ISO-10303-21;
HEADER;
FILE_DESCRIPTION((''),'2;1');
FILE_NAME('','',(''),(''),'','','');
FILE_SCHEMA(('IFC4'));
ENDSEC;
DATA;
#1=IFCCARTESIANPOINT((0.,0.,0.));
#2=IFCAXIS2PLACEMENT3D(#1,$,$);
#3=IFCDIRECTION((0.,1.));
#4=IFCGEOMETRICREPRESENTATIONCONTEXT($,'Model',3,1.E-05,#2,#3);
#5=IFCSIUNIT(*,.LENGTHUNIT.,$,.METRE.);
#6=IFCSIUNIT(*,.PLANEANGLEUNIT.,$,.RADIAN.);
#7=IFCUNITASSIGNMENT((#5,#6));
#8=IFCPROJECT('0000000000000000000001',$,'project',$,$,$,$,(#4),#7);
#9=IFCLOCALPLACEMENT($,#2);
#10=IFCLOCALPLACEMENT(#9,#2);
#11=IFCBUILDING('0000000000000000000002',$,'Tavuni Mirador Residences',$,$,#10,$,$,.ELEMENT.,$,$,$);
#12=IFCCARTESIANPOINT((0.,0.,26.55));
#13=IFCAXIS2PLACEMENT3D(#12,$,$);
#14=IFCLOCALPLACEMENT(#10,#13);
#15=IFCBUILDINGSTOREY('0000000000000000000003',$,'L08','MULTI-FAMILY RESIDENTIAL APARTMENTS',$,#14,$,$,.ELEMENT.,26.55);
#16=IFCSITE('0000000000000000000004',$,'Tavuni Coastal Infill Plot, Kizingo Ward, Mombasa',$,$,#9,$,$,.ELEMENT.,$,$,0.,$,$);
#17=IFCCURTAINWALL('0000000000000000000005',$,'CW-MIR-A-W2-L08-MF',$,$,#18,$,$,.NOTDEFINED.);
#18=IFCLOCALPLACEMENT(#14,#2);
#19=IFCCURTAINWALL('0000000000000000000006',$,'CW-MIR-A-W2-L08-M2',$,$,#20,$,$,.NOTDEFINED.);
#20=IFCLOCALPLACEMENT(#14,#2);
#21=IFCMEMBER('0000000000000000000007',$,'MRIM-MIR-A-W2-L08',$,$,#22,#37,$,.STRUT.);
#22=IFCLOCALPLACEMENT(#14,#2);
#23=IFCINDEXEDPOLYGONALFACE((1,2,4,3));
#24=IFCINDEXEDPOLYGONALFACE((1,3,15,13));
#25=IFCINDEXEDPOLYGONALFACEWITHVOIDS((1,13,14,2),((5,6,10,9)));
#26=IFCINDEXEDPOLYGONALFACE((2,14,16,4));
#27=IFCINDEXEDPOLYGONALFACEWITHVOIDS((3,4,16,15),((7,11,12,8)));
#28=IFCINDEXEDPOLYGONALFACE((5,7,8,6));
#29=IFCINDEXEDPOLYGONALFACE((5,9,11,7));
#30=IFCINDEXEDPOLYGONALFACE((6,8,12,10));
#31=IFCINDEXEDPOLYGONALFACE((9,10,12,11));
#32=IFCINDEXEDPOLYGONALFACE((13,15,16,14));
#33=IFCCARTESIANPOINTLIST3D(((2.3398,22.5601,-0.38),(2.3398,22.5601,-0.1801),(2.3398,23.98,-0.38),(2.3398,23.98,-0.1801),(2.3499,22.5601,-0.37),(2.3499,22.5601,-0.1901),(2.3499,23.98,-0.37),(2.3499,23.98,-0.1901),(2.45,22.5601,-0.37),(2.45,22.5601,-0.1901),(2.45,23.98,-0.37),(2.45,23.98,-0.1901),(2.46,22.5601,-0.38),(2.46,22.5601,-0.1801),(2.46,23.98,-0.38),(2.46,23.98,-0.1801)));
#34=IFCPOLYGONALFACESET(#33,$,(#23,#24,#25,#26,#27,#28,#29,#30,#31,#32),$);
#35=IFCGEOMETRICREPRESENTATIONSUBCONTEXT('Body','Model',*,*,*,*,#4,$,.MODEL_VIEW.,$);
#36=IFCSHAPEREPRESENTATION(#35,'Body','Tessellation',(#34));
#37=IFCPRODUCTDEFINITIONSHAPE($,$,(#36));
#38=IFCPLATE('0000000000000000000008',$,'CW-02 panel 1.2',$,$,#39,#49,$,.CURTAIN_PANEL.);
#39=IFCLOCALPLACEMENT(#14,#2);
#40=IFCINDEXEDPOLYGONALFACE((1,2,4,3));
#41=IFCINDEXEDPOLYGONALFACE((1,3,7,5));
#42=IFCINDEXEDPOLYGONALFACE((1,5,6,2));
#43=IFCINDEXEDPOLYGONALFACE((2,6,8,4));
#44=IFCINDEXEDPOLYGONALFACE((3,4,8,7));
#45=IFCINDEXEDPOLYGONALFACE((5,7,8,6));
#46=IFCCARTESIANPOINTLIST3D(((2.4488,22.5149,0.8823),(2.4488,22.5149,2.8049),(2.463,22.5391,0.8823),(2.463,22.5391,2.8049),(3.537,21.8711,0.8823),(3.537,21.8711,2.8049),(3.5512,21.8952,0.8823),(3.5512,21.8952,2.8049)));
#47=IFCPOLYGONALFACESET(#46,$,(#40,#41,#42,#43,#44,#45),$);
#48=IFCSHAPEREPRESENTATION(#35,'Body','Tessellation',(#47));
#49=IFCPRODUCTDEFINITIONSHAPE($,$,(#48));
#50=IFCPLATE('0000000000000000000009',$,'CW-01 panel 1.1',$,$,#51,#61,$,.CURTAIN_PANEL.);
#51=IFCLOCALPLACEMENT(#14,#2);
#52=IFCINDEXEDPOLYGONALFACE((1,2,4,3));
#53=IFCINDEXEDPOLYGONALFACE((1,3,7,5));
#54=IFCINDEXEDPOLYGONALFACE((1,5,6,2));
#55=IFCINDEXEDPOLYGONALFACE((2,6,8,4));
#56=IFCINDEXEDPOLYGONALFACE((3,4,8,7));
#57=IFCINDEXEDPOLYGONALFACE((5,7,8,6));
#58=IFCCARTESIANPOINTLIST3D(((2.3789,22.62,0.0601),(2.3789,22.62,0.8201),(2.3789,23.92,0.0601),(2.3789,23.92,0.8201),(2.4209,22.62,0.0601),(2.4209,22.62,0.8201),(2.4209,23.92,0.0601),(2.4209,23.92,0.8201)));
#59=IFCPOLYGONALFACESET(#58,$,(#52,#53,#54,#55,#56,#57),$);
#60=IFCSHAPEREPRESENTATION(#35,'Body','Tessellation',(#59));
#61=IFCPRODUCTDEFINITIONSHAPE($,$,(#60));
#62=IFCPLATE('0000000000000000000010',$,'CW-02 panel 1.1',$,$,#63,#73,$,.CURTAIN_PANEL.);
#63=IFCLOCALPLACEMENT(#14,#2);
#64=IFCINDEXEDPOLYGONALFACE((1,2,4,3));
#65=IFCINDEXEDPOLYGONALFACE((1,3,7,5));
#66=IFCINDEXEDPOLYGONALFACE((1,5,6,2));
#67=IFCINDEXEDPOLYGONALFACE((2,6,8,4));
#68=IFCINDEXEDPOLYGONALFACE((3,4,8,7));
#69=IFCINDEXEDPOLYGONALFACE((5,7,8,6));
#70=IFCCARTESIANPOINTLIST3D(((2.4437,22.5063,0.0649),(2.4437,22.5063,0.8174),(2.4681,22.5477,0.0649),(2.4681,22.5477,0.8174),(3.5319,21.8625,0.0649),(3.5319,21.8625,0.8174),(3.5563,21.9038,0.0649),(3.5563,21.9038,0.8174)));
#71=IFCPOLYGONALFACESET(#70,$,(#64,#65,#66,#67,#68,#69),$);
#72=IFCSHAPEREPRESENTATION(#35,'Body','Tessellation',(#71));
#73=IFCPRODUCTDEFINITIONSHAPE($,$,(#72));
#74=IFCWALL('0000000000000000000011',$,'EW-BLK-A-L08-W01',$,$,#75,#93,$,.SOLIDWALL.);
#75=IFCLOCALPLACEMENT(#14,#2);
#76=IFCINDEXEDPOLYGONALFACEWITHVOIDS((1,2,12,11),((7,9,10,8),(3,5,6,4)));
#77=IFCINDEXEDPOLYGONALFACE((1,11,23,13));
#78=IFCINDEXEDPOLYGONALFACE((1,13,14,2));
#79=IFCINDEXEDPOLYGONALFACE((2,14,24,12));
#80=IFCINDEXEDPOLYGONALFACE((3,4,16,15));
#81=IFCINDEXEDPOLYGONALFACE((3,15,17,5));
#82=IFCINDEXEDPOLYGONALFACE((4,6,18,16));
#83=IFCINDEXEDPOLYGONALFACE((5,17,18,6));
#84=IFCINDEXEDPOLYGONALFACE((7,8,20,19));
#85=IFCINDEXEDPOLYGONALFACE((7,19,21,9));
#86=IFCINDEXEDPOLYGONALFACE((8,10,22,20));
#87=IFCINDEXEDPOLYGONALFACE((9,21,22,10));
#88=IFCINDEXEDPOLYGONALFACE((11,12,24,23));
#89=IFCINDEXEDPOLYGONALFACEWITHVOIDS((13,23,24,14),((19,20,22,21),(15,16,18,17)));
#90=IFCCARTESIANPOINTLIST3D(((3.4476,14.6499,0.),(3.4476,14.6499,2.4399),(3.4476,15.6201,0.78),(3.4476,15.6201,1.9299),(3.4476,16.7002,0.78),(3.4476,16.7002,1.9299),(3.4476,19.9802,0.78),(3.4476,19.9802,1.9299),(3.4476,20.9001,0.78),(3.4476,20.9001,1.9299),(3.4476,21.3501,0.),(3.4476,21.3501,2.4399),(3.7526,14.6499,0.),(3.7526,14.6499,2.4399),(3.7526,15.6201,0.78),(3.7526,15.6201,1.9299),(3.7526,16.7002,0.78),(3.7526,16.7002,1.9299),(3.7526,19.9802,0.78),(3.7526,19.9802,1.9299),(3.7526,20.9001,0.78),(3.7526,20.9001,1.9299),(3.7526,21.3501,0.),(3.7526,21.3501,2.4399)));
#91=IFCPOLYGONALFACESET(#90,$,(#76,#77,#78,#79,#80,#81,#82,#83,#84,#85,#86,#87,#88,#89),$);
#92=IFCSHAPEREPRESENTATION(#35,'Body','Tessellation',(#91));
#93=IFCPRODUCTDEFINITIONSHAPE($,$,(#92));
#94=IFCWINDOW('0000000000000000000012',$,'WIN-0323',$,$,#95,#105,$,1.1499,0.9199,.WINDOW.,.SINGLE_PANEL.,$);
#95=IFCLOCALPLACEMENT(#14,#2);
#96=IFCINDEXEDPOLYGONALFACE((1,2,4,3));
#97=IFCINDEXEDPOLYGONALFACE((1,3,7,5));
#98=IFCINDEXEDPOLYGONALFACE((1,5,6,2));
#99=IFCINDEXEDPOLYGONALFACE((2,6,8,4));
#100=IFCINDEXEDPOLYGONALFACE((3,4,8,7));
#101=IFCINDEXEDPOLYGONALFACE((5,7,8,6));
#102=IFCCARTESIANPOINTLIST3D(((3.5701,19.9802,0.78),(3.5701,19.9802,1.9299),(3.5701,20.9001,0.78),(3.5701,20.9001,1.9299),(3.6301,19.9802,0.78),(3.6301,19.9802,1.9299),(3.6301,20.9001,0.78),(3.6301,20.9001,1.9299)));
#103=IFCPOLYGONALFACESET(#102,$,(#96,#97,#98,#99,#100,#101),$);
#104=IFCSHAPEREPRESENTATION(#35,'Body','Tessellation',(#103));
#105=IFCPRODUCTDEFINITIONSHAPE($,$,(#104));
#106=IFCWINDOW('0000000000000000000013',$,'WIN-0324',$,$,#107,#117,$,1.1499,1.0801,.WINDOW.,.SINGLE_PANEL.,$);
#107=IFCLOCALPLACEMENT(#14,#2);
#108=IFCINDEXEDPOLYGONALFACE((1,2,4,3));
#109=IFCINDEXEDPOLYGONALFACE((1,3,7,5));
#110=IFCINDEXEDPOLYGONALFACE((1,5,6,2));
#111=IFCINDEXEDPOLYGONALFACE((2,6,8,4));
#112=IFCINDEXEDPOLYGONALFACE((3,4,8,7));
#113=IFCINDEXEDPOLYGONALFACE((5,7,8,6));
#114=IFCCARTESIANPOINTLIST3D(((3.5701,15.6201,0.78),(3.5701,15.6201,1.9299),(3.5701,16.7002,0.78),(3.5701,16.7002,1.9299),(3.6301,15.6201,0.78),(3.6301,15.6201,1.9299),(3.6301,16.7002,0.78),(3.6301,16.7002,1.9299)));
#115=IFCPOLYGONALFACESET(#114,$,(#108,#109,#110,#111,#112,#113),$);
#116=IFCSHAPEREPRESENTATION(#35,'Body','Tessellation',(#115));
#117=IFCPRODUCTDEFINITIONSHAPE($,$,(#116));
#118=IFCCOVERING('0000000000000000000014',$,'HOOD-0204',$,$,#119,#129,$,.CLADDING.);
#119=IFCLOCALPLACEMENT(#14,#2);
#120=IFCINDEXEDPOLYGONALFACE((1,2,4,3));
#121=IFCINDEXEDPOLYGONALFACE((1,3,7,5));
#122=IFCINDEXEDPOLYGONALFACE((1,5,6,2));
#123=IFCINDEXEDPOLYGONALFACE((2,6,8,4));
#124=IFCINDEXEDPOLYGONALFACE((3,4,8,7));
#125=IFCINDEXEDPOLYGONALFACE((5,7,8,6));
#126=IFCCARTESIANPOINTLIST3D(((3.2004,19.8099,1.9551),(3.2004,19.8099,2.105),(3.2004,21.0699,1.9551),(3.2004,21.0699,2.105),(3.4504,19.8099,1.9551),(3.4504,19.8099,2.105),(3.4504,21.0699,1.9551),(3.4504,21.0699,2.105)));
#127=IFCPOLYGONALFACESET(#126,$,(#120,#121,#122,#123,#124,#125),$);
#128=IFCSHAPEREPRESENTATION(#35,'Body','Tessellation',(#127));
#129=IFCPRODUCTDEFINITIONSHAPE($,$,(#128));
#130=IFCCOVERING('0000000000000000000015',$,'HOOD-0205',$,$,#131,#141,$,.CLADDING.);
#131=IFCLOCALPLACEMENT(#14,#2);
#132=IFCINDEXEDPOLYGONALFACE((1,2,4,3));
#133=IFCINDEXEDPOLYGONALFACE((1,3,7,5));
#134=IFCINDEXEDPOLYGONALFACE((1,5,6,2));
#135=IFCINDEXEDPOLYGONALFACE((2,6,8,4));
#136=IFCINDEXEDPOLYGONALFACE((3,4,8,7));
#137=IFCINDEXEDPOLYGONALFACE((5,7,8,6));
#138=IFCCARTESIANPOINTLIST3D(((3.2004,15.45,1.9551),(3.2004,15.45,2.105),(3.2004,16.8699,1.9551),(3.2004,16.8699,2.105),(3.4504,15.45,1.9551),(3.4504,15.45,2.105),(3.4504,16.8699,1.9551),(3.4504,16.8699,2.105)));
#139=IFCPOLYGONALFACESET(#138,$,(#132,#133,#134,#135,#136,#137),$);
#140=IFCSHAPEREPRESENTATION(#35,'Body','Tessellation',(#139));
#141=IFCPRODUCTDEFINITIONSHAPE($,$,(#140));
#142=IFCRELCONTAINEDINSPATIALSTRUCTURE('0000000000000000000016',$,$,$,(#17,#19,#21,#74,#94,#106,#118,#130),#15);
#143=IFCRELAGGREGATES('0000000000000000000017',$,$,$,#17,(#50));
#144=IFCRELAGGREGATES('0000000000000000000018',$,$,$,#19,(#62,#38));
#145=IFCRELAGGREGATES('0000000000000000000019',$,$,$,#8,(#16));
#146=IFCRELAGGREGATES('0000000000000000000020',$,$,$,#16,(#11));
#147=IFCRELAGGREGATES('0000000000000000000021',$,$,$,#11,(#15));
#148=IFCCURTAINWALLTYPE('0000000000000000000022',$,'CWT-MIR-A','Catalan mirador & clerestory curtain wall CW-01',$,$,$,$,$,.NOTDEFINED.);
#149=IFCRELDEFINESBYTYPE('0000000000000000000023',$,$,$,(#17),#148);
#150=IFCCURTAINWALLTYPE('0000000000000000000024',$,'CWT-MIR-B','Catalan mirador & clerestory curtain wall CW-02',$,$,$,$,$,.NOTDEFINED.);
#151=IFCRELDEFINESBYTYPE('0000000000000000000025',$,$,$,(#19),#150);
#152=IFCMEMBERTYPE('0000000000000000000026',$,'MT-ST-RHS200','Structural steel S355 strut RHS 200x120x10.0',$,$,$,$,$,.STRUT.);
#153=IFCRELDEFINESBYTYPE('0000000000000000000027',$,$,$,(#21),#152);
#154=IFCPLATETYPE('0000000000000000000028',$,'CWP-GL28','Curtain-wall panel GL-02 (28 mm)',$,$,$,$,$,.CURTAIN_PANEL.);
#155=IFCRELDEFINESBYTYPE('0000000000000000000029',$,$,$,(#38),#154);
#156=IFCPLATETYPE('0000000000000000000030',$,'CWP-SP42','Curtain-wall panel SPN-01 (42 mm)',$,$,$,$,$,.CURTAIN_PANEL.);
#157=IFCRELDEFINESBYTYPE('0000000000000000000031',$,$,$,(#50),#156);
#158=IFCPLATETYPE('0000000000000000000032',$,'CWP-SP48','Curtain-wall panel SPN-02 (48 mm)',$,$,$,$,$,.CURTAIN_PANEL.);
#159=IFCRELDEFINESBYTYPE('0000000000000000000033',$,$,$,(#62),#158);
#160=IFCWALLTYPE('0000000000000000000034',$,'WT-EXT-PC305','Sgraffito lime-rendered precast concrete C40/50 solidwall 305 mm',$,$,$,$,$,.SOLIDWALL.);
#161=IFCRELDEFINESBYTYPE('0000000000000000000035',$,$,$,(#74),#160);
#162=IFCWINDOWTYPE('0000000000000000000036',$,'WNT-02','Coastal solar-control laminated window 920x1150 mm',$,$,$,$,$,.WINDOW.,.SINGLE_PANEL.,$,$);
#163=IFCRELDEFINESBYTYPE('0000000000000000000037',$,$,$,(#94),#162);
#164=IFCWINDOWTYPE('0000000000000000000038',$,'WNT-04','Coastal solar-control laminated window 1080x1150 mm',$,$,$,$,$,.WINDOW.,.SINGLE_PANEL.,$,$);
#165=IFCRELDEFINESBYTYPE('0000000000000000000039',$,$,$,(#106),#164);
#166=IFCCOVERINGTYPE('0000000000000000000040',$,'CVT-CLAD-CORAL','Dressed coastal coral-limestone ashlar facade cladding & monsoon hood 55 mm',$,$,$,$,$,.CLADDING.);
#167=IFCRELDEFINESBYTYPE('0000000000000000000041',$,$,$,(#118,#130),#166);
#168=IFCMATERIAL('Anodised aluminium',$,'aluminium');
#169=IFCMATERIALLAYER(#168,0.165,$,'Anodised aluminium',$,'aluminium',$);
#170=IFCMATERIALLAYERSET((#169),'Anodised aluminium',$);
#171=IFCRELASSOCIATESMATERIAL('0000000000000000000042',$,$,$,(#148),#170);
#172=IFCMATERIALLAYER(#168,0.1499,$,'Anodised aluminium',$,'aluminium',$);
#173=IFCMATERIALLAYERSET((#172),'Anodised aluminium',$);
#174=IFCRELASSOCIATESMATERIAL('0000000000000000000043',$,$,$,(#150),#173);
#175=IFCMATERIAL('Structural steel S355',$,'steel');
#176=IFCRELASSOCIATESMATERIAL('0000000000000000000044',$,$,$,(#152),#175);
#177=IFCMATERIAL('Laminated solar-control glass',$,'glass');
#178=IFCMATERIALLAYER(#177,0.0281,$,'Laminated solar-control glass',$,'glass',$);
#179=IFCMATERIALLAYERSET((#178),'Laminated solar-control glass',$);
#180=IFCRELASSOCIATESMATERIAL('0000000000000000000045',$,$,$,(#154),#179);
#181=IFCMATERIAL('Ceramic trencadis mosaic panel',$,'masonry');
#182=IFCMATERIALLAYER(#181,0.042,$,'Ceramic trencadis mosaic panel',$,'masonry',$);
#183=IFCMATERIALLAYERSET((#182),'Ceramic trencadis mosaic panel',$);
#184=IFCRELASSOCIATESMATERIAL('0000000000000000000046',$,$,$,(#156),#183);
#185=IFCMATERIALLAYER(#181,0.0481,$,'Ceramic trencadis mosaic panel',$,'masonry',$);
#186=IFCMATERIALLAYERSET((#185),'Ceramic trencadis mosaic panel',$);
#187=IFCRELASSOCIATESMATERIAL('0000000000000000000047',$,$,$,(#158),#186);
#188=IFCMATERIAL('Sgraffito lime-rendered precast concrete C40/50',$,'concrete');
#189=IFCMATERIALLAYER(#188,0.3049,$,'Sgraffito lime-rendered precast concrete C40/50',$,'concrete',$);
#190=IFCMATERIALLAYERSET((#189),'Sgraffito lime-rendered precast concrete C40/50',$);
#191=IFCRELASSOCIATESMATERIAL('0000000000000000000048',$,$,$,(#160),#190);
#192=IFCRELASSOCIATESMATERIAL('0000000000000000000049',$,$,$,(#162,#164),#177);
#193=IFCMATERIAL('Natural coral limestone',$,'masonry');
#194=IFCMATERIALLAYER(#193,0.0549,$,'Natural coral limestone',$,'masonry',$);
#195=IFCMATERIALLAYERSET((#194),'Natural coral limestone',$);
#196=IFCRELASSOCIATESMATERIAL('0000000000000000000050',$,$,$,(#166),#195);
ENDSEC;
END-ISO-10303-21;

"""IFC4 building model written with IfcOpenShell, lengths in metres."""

from ifc_helpers import new_model, si_unit, direction, frame, frame_2d, origin, origin_2d, place, context, subcontext, project, spatial, rectangle, hollow_rectangle, extrude, material, layer, layer_set, material_profile, profile_set, type_object, element, fill, aggregate, save


model = new_model("IFC4")

# Units and contexts
model_context = context("Model", 3, precision=1e-05, world=origin(), true_north=direction((0.0, 1.0)))
body_context = subcontext(model_context, "Body", "Model", "MODEL_VIEW")
ifc_project = project(units=[si_unit("LENGTHUNIT", "METRE"), si_unit("PLANEANGLEUNIT", "RADIAN")], contexts=[model_context])

# Site, building, storey
site_placement = place(None, origin())
site = spatial("IfcSite", under=ifc_project, at=site_placement, Name="Tavuni Coastal Infill Plot, Kizingo Ward, Mombasa", CompositionType="ELEMENT", RefElevation=0.0)
building_placement = place(site_placement, origin())
building = spatial("IfcBuilding", under=site, at=building_placement, Name="Tavuni Mirador Residences", CompositionType="ELEMENT")
storey_placement = place(building_placement, frame((0.0, 0.0, 26.55)))
storey = spatial("IfcBuildingStorey", under=building, at=storey_placement, Name="L08", Description="MULTI-FAMILY RESIDENTIAL APARTMENTS", CompositionType="ELEMENT", Elevation=26.55)

# Curtain wall
ifc_material_1 = material(Name="Anodised aluminium", Category="aluminium")
ifc_layer_1 = layer(ifc_material_1, 0.165, Name="Anodised aluminium", Category="aluminium")
ifc_layer_set_1 = layer_set([ifc_layer_1], Name="Anodised aluminium")
curtain_wall_type_1 = type_object("IfcCurtainWallType", Name="CWT-MIR-A", Description="Catalan mirador & clerestory curtain wall CW-01", PredefinedType="NOTDEFINED", material=ifc_layer_set_1)
curtain_wall_1_placement = place(storey_placement, origin())
curtain_wall_1 = element("IfcCurtainWall", 1, at=curtain_wall_1_placement, inside=storey, type_object=curtain_wall_type_1, Name="CW-MIR-A-W2-L08-MF", PredefinedType="NOTDEFINED")

# Curtain wall
ifc_layer_2 = layer(ifc_material_1, 0.1499, Name="Anodised aluminium", Category="aluminium")
ifc_layer_set_2 = layer_set([ifc_layer_2], Name="Anodised aluminium")
curtain_wall_type_2 = type_object("IfcCurtainWallType", Name="CWT-MIR-B", Description="Catalan mirador & clerestory curtain wall CW-02", PredefinedType="NOTDEFINED", material=ifc_layer_set_2)
curtain_wall_2_placement = place(storey_placement, origin())
curtain_wall_2 = element("IfcCurtainWall", 2, at=curtain_wall_2_placement, inside=storey, type_object=curtain_wall_type_2, Name="CW-MIR-A-W2-L08-M2", PredefinedType="NOTDEFINED")

# Member
ifc_material_2 = material(Name="Structural steel S355", Category="steel")
ifc_material_profile_1 = material_profile(ifc_material_2, hollow_rectangle(XDim=0.1201, YDim=0.2, WallThickness=0.01, at=origin_2d()), Name="RHS 200x120x10.0", Category="steel")
ifc_profile_set_1 = profile_set([ifc_material_profile_1], Name="Structural steel S355")
member_type_1 = type_object("IfcMemberType", Name="MT-ST-RHS200", Description="Structural steel S355 strut RHS 200x120x10.0", PredefinedType="STRUT", material=ifc_profile_set_1)
member_1_placement = place(storey_placement, frame((2.3999, 22.5601, -0.28), z_axis=(0.0, 1.0, 0.0), x_axis=(-1.0, 0.0, 0.0)))
element("IfcMember", 3, at=member_1_placement, inside=storey, type_object=member_type_1, Name="MRIM-MIR-A-W2-L08", PredefinedType="STRUT", context=body_context, shape_type="SweptSolid", body=[
    extrude(hollow_rectangle(XDim=0.1201, YDim=0.2, WallThickness=0.01, at=origin_2d()), origin(), (0.0, 0.0, 1.0), 1.4199),
])

# Plates
ifc_material_3 = material(Name="Laminated solar-control glass", Category="glass")
ifc_layer_3 = layer(ifc_material_3, 0.0281, Name="Laminated solar-control glass", Category="glass")
ifc_layer_set_3 = layer_set([ifc_layer_3], Name="Laminated solar-control glass")
plate_type_1 = type_object("IfcPlateType", Name="CWP-GL28", Description="Curtain-wall panel GL-02 (28 mm)", PredefinedType="CURTAIN_PANEL", material=ifc_layer_set_3)
plate_1_placement = place(storey_placement, frame((3.0, 22.2051, 0.8823), z_axis=(0.0, 0.0, 1.0), x_axis=(0.860641, -0.509212, 0.0)))
plate_1 = element("IfcPlate", 4, at=plate_1_placement, type_object=plate_type_1, Name="CW-02 panel 1.2", PredefinedType="CURTAIN_PANEL", context=body_context, shape_type="SweptSolid", body=[
    extrude(rectangle(XDim=1.2644, YDim=0.0281, at=origin_2d()), origin(), (0.0, 0.0, 1.0), 1.9226),
])
ifc_material_4 = material(Name="Ceramic trencadis mosaic panel", Category="masonry")
ifc_layer_4 = layer(ifc_material_4, 0.042, Name="Ceramic trencadis mosaic panel", Category="masonry")
ifc_layer_set_4 = layer_set([ifc_layer_4], Name="Ceramic trencadis mosaic panel")
plate_type_2 = type_object("IfcPlateType", Name="CWP-SP42", Description="Curtain-wall panel SPN-01 (42 mm)", PredefinedType="CURTAIN_PANEL", material=ifc_layer_set_4)
plate_2_placement = place(storey_placement, frame((2.3999, 23.27, 0.0601), z_axis=(0.0, 0.0, 1.0), x_axis=(0.0, -1.0, 0.0)))
plate_2 = element("IfcPlate", 5, at=plate_2_placement, type_object=plate_type_2, Name="CW-01 panel 1.1", PredefinedType="CURTAIN_PANEL", context=body_context, shape_type="SweptSolid", body=[
    extrude(rectangle(XDim=1.3, YDim=0.042, at=origin_2d()), origin(), (0.0, 0.0, 1.0), 0.76),
])
aggregate(curtain_wall_1, [plate_2])
ifc_layer_5 = layer(ifc_material_4, 0.0481, Name="Ceramic trencadis mosaic panel", Category="masonry")
ifc_layer_set_5 = layer_set([ifc_layer_5], Name="Ceramic trencadis mosaic panel")
plate_type_3 = type_object("IfcPlateType", Name="CWP-SP48", Description="Curtain-wall panel SPN-02 (48 mm)", PredefinedType="CURTAIN_PANEL", material=ifc_layer_set_5)
plate_3_placement = place(storey_placement, frame((3.0, 22.2051, 0.0649), z_axis=(0.0, 0.0, 1.0), x_axis=(0.860641, -0.509212, 0.0)))
plate_3 = element("IfcPlate", 6, at=plate_3_placement, type_object=plate_type_3, Name="CW-02 panel 1.1", PredefinedType="CURTAIN_PANEL", context=body_context, shape_type="SweptSolid", body=[
    extrude(rectangle(XDim=1.2644, YDim=0.0481, at=origin_2d()), origin(), (0.0, 0.0, 1.0), 0.7524),
])
aggregate(curtain_wall_2, [plate_3, plate_1])

# Wall, openings, windows
ifc_material_5 = material(Name="Sgraffito lime-rendered precast concrete C40/50", Category="concrete")
ifc_layer_6 = layer(ifc_material_5, 0.3049, Name="Sgraffito lime-rendered precast concrete C40/50", Category="concrete")
ifc_layer_set_6 = layer_set([ifc_layer_6], Name="Sgraffito lime-rendered precast concrete C40/50")
wall_type = type_object("IfcWallType", Name="WT-EXT-PC305", Description="Sgraffito lime-rendered precast concrete C40/50 solidwall 305 mm", PredefinedType="SOLIDWALL", material=ifc_layer_set_6)
wall_placement = place(storey_placement, frame((3.6001, 21.3501, 0.0), z_axis=(0.0, 0.0, 1.0), x_axis=(0.0, -1.0, 0.0)))
wall = element("IfcWall", 7, at=wall_placement, inside=storey, type_object=wall_type, Name="EW-BLK-A-L08-W01", PredefinedType="SOLIDWALL", context=body_context, shape_type="SweptSolid", body=[
    extrude(rectangle(XDim=6.7002, YDim=0.3049, at=frame_2d((3.3501, 0.0))), origin(), (0.0, 0.0, 1.0), 2.4399),
])
opening_1_placement = place(wall_placement, frame((0.45, 0.0, 0.78)))
opening_1 = element("IfcOpeningElement", 8, at=opening_1_placement, cuts=wall, PredefinedType="OPENING", context=body_context, shape_type="SweptSolid", body=[
    extrude(rectangle(XDim=0.9199, YDim=1.1499, at=frame_2d((0.46, 0.575))), frame((0.0, 0.1626, 0.0), z_axis=(0.0, -1.0, 0.0), x_axis=(1.0, 0.0, 0.0)), (0.0, 0.0, 1.0), 0.325),
])
opening_2_placement = place(wall_placement, frame((4.6499, 0.0, 0.78)))
opening_2 = element("IfcOpeningElement", 9, at=opening_2_placement, cuts=wall, PredefinedType="OPENING", context=body_context, shape_type="SweptSolid", body=[
    extrude(rectangle(XDim=1.0801, YDim=1.1499, at=frame_2d((0.54, 0.575))), frame((0.0, 0.1626, 0.0), z_axis=(0.0, -1.0, 0.0), x_axis=(1.0, 0.0, 0.0)), (0.0, 0.0, 1.0), 0.325),
])
window_type_1 = type_object("IfcWindowType", Name="WNT-02", Description="Coastal solar-control laminated window 920x1150 mm", PartitioningType="SINGLE_PANEL", PredefinedType="WINDOW", material=ifc_material_3)
window_1_placement = place(opening_1_placement, origin())
window_1 = element("IfcWindow", 10, at=window_1_placement, inside=storey, type_object=window_type_1, Name="WIN-0323", OverallHeight=1.1499, OverallWidth=0.9199, PartitioningType="SINGLE_PANEL", PredefinedType="WINDOW", context=body_context, shape_type="SweptSolid", body=[
    extrude(rectangle(XDim=0.9199, YDim=1.1499, at=frame_2d((0.46, 0.575))), frame((0.0, 0.03, 0.0), z_axis=(0.0, -1.0, 0.0), x_axis=(1.0, 0.0, 0.0)), (0.0, 0.0, 1.0), 0.0601),
])
fill(opening_1, window_1)
window_type_2 = type_object("IfcWindowType", Name="WNT-04", Description="Coastal solar-control laminated window 1080x1150 mm", PartitioningType="SINGLE_PANEL", PredefinedType="WINDOW", material=ifc_material_3)
window_2_placement = place(opening_2_placement, origin())
window_2 = element("IfcWindow", 11, at=window_2_placement, inside=storey, type_object=window_type_2, Name="WIN-0324", OverallHeight=1.1499, OverallWidth=1.0801, PartitioningType="SINGLE_PANEL", PredefinedType="WINDOW", context=body_context, shape_type="SweptSolid", body=[
    extrude(rectangle(XDim=1.0801, YDim=1.1499, at=frame_2d((0.54, 0.575))), frame((0.0, 0.03, 0.0), z_axis=(0.0, -1.0, 0.0), x_axis=(1.0, 0.0, 0.0)), (0.0, 0.0, 1.0), 0.0601),
])
fill(opening_2, window_2)

# Coverings
ifc_material_6 = material(Name="Natural coral limestone", Category="masonry")
ifc_layer_7 = layer(ifc_material_6, 0.0549, Name="Natural coral limestone", Category="masonry")
ifc_layer_set_7 = layer_set([ifc_layer_7], Name="Natural coral limestone")
covering_type = type_object("IfcCoveringType", Name="CVT-CLAD-CORAL", Description="Dressed coastal coral-limestone ashlar facade cladding & monsoon hood 55 mm", PredefinedType="CLADDING", material=ifc_layer_set_7)
covering_1_placement = place(storey_placement, frame((3.3254, 20.4399, 1.9551), z_axis=(0.0, 0.0, 1.0), x_axis=(0.0, -1.0, 0.0)))
element("IfcCovering", 12, at=covering_1_placement, inside=storey, type_object=covering_type, Name="HOOD-0204", PredefinedType="CLADDING", context=body_context, shape_type="SweptSolid", body=[
    extrude(rectangle(XDim=1.26, YDim=0.25, at=origin_2d()), origin(), (0.0, 0.0, 1.0), 0.1499),
])
covering_2_placement = place(storey_placement, frame((3.3254, 16.1599, 1.9551), z_axis=(0.0, 0.0, 1.0), x_axis=(0.0, -1.0, 0.0)))
element("IfcCovering", 13, at=covering_2_placement, inside=storey, type_object=covering_type, Name="HOOD-0205", PredefinedType="CLADDING", context=body_context, shape_type="SweptSolid", body=[
    extrude(rectangle(XDim=1.4199, YDim=0.25, at=origin_2d()), origin(), (0.0, 0.0, 1.0), 0.1499),
])

save(model, "model.ifc")
